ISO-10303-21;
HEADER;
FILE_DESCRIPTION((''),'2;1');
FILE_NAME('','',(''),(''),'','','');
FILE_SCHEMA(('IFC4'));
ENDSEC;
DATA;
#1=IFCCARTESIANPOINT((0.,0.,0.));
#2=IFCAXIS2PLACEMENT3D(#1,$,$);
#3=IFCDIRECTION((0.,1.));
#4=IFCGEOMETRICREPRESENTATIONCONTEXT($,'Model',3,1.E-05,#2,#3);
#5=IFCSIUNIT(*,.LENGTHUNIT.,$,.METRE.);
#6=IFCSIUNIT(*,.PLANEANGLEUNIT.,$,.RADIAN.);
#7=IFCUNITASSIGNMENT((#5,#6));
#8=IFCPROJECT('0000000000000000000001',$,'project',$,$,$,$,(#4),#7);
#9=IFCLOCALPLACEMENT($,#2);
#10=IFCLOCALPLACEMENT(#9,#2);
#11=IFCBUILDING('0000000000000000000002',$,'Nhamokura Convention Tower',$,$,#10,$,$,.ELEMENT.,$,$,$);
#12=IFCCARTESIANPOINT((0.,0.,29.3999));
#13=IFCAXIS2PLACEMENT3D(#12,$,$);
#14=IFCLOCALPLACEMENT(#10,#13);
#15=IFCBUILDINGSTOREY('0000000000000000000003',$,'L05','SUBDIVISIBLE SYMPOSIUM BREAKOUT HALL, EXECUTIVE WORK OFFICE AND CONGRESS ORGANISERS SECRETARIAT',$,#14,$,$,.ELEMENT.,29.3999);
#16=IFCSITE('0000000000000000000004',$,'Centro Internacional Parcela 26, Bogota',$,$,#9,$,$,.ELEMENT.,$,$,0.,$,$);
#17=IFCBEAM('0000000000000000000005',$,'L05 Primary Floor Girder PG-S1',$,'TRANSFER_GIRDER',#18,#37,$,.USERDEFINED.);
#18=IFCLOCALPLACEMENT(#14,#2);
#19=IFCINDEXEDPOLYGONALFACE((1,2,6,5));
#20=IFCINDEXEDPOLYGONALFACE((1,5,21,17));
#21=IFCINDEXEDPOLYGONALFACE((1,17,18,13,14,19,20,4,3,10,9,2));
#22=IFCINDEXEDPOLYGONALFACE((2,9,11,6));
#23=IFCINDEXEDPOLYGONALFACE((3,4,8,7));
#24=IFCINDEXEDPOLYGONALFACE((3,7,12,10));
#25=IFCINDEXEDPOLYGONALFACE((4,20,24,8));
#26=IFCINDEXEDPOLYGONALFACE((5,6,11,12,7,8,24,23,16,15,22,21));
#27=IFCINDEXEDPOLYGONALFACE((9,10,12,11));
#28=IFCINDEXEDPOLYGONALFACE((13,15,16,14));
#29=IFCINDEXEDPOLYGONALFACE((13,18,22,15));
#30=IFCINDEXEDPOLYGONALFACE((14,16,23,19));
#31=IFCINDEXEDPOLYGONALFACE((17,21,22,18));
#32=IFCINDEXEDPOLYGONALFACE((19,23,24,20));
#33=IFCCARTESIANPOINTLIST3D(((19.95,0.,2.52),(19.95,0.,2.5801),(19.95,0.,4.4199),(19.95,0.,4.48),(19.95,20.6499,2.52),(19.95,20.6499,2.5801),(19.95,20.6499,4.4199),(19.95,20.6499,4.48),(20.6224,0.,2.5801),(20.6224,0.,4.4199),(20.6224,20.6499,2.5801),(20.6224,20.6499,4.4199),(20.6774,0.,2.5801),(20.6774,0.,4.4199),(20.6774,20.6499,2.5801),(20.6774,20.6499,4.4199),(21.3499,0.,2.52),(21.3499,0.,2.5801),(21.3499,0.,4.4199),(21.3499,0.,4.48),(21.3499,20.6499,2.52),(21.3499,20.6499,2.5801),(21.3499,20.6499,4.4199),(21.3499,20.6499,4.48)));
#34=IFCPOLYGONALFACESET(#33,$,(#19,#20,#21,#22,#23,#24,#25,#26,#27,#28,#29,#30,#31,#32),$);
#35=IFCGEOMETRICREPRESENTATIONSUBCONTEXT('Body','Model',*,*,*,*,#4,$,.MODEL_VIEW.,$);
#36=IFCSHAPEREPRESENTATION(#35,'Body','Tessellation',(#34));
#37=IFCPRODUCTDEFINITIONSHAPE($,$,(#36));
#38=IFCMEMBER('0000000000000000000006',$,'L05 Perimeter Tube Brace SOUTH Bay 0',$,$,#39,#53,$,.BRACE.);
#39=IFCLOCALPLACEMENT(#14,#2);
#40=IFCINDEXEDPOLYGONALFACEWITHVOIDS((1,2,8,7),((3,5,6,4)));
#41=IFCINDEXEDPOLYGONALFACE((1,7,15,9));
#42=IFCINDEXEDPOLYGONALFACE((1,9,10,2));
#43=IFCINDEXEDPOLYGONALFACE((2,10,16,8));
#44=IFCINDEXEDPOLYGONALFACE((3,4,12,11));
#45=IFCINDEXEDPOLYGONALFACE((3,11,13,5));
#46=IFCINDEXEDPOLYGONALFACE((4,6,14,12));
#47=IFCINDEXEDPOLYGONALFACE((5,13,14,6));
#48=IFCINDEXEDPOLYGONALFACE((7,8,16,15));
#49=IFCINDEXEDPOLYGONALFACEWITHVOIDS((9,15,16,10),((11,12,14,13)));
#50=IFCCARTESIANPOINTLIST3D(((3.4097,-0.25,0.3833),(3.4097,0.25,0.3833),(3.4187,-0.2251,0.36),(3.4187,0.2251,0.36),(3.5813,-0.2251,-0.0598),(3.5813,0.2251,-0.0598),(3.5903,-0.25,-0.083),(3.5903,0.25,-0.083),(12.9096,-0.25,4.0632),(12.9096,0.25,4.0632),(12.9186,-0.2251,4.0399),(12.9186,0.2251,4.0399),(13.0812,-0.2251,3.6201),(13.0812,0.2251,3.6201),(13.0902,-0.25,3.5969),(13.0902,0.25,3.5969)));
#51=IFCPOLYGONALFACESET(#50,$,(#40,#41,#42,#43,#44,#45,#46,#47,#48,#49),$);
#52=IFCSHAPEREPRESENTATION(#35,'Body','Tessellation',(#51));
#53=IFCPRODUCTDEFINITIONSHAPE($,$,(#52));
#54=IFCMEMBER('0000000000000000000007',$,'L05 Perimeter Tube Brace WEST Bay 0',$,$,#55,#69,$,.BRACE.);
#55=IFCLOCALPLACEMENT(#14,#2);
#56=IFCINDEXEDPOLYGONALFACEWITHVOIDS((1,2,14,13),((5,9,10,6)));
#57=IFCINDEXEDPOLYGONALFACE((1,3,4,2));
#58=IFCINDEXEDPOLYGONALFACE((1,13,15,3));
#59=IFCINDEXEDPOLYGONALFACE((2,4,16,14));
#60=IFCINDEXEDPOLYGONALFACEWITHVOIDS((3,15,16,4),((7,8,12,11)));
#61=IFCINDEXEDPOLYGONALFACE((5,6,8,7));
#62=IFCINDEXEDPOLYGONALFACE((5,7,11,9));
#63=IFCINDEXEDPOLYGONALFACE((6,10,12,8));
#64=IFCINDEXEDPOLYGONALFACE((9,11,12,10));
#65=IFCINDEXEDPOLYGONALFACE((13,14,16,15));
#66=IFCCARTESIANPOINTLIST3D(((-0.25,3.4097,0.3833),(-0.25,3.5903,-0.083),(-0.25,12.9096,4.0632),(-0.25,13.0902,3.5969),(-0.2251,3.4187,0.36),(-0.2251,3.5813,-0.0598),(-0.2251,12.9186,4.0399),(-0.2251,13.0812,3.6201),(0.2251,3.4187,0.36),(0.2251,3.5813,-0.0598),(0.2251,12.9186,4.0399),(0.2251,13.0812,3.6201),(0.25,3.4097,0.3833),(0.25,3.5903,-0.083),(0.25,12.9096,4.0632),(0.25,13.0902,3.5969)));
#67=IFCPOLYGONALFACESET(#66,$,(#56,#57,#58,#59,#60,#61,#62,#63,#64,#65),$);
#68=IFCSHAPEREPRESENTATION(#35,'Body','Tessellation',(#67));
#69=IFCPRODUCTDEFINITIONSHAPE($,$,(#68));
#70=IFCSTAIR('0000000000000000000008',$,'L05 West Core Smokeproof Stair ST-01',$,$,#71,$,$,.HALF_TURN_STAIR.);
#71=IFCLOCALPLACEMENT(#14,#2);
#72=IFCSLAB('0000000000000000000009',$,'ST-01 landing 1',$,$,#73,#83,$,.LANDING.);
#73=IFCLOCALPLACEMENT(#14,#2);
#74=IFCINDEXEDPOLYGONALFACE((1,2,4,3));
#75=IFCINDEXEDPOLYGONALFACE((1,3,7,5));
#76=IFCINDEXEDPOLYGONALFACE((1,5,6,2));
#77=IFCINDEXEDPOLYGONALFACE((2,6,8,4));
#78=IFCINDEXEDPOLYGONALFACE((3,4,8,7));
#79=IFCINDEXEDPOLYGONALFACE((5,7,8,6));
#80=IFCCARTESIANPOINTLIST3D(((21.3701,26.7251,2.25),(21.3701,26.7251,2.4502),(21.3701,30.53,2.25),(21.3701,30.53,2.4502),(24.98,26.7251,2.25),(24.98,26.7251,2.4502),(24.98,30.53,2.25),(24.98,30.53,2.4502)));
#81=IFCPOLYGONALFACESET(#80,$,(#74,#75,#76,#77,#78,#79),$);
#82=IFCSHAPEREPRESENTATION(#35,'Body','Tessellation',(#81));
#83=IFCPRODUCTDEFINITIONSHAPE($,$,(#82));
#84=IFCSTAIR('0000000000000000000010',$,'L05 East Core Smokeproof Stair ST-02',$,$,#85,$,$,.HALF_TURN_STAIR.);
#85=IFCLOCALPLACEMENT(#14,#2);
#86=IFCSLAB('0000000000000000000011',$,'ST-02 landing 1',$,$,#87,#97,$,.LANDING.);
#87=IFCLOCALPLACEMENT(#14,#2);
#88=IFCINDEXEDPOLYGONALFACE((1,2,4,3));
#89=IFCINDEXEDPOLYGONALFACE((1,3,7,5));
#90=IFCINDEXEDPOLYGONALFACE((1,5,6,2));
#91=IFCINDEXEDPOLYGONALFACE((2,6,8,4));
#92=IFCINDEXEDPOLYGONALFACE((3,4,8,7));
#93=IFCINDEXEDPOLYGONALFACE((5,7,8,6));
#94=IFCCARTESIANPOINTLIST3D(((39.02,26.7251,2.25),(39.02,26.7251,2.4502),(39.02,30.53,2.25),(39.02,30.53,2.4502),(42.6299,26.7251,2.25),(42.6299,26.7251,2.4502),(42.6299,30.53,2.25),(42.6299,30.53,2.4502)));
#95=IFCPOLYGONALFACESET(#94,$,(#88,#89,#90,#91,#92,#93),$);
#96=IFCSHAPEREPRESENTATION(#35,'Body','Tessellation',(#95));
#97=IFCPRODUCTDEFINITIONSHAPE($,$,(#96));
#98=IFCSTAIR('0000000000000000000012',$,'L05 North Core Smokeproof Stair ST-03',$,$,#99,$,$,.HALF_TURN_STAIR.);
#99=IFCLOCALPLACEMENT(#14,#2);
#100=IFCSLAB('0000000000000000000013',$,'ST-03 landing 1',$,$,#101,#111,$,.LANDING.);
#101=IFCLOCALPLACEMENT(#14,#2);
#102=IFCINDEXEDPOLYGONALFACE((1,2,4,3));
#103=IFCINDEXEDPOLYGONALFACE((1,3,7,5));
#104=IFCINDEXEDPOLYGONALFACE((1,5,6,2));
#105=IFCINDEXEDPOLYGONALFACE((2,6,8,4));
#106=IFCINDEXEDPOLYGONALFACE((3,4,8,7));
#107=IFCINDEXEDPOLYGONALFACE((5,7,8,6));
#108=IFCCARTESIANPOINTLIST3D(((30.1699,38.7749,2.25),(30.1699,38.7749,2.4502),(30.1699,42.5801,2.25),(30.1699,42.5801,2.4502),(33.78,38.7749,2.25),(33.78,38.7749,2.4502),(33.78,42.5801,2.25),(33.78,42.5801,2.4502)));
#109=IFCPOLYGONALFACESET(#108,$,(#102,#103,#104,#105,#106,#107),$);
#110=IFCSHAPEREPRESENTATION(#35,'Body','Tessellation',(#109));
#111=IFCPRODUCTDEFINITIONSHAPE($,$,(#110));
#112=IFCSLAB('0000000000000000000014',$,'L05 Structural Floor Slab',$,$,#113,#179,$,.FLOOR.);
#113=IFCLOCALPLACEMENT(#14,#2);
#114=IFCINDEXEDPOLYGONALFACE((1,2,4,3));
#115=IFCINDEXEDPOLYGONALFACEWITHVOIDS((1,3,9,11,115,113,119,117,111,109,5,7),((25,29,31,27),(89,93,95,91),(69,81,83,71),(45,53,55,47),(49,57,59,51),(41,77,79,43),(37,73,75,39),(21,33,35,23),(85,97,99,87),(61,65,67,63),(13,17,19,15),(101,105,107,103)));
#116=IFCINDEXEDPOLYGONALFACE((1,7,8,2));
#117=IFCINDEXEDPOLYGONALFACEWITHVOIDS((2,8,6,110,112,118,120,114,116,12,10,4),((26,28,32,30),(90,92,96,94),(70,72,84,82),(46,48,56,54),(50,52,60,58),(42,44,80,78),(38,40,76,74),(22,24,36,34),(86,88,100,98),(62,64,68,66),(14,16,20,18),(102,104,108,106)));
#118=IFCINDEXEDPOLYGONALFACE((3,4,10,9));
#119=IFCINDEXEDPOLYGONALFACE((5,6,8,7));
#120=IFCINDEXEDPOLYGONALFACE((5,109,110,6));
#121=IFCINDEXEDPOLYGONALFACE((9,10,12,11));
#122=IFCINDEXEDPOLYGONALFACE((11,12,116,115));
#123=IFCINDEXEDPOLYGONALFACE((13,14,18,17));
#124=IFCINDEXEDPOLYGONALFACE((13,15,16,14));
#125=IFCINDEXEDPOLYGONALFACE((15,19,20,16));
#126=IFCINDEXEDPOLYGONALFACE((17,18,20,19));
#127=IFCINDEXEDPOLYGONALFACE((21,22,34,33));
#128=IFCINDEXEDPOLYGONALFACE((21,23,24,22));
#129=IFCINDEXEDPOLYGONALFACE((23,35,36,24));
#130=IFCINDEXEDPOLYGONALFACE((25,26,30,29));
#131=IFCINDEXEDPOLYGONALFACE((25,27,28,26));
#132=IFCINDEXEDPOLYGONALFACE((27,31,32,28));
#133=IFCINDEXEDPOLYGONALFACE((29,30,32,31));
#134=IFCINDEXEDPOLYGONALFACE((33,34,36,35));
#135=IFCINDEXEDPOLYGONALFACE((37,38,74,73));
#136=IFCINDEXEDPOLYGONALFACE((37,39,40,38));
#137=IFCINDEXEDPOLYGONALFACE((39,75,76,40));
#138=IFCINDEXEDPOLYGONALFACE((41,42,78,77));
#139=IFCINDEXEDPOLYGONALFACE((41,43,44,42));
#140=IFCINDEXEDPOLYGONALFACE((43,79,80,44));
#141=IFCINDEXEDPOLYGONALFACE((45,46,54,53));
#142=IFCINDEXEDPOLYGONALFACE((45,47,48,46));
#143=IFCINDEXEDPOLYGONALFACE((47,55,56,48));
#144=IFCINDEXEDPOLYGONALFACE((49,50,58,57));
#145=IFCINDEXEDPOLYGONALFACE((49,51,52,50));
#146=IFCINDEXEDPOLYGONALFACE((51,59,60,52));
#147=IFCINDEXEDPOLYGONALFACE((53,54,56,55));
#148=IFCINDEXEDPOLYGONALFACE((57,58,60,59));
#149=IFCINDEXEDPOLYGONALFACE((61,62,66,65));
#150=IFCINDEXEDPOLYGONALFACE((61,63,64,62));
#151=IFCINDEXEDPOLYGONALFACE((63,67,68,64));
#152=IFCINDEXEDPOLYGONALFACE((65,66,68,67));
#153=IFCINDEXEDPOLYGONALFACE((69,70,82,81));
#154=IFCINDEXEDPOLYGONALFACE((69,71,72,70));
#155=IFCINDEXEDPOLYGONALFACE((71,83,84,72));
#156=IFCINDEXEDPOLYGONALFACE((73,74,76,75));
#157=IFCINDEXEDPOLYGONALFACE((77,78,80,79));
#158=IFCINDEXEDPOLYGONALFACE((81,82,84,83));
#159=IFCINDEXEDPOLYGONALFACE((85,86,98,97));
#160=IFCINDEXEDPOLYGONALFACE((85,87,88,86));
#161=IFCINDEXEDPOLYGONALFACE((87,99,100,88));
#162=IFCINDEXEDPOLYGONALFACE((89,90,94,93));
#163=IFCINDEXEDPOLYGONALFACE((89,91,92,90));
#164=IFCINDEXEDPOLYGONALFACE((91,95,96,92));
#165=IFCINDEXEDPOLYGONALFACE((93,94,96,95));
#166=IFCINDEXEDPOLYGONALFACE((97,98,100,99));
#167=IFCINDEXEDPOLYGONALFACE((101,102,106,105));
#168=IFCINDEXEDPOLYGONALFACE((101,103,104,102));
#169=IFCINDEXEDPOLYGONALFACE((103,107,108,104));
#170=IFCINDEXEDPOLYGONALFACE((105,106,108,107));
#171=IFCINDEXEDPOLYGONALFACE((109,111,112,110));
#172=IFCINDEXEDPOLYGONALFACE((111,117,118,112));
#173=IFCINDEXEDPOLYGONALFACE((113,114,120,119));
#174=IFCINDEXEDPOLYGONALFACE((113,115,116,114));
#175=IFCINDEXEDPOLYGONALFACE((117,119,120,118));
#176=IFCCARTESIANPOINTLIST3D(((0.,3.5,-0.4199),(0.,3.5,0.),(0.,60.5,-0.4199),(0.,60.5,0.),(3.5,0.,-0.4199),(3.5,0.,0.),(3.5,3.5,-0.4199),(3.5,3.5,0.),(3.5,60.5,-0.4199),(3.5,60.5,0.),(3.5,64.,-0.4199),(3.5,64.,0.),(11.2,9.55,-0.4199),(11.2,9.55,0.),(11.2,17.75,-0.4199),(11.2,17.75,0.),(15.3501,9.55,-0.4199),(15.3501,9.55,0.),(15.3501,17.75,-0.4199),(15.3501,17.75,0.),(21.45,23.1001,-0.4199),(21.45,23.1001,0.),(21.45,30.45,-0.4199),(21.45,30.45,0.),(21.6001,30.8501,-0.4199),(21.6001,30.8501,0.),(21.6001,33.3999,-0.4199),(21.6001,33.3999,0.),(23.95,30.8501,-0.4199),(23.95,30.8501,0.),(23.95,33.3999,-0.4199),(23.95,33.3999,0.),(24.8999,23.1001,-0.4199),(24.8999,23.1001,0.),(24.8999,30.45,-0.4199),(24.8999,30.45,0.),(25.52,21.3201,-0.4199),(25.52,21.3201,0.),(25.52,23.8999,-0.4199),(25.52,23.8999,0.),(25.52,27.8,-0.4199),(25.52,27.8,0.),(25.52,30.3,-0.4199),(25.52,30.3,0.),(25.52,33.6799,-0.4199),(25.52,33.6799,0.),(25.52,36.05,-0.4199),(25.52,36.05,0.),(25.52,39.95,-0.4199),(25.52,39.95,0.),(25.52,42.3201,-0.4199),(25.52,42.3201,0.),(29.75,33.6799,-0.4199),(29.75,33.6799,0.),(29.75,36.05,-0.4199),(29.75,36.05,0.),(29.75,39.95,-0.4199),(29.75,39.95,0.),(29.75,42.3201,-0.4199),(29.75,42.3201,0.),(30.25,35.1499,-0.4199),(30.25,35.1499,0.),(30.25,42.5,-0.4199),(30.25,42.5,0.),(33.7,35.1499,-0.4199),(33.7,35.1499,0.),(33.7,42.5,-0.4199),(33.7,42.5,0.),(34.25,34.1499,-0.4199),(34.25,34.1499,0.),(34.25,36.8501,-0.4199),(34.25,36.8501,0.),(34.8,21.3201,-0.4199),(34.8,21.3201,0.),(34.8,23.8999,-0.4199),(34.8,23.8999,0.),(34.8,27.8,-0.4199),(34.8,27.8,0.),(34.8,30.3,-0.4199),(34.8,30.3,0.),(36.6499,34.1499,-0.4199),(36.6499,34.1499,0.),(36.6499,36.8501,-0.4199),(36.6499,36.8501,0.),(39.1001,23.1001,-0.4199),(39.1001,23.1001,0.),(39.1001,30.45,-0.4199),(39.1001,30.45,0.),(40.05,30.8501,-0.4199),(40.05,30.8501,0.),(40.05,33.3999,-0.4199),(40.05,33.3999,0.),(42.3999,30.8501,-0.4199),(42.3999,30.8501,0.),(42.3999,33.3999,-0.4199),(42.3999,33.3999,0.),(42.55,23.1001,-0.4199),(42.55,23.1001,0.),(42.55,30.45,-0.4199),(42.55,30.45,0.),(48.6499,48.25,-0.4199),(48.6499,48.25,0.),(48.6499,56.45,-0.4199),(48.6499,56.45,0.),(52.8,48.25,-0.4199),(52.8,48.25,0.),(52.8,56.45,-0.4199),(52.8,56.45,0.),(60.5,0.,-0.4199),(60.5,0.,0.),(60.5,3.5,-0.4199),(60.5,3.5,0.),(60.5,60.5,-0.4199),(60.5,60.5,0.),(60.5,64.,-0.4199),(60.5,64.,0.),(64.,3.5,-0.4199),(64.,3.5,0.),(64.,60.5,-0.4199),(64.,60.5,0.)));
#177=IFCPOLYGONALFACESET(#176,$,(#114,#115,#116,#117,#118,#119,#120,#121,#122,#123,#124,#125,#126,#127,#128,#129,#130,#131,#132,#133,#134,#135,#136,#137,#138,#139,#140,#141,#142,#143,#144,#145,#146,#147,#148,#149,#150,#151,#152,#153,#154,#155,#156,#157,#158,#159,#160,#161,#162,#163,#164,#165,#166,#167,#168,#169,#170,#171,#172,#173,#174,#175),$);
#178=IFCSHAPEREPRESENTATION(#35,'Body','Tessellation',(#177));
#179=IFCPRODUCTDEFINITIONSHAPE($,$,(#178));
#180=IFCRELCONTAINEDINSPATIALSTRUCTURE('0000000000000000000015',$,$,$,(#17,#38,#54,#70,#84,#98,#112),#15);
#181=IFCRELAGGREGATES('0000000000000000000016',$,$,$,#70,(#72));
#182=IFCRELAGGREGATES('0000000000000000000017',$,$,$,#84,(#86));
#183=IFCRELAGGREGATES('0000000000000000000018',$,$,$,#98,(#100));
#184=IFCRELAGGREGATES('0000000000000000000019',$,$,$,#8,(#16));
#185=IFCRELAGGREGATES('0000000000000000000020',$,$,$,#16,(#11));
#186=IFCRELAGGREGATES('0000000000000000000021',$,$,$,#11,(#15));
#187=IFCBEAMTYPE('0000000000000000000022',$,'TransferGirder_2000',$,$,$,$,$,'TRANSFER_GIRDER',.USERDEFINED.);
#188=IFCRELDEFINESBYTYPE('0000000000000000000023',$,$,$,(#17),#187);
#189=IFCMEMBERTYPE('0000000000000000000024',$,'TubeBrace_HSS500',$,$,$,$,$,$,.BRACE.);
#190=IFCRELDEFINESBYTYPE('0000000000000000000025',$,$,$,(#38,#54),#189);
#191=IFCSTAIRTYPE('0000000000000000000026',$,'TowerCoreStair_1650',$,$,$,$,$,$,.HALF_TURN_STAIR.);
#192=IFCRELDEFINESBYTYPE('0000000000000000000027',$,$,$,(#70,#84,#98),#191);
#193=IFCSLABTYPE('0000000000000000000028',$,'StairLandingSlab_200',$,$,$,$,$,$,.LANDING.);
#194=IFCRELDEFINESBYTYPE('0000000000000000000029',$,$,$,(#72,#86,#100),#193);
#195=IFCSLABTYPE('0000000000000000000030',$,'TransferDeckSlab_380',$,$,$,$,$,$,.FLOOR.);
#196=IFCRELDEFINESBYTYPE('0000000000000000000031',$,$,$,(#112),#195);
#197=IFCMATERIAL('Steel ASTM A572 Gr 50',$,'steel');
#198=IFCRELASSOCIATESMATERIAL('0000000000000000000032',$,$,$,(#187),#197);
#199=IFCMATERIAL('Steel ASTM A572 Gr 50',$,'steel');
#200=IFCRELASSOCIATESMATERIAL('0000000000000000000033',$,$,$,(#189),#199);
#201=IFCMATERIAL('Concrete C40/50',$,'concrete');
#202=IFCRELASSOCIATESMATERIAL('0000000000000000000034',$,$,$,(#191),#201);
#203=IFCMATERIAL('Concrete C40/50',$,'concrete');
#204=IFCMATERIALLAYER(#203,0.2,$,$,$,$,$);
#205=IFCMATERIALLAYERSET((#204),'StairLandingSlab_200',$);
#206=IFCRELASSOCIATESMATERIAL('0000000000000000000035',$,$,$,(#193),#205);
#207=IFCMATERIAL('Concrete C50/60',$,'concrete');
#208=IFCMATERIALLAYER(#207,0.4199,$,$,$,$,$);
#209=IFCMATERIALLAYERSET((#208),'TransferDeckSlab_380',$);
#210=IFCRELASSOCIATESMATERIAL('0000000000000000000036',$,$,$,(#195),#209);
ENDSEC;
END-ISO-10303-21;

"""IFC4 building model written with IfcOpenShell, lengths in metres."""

from ifc_helpers import new_model, si_unit, direction, frame, origin, origin_2d, place, context, subcontext, project, spatial, polyline, hollow_rectangle, i_section, outline, extrude, material, layer, layer_set, material_profile, profile_set, type_object, element, aggregate, save


model = new_model("IFC4")

# Units and contexts
model_context = context("Model", 3, precision=1e-05, world=origin(), true_north=direction((0.0, 1.0)))
body_context = subcontext(model_context, "Body", "Model", "MODEL_VIEW")
ifc_project = project(units=[si_unit("LENGTHUNIT", "METRE"), si_unit("PLANEANGLEUNIT", "RADIAN")], contexts=[model_context])

# Site, building, storey
site_placement = place(None, origin())
site = spatial("IfcSite", under=ifc_project, at=site_placement, Name="Centro Internacional Parcela 26, Bogota", CompositionType="ELEMENT", RefElevation=0.0)
building_placement = place(site_placement, origin())
building = spatial("IfcBuilding", under=site, at=building_placement, Name="Nhamokura Convention Tower", CompositionType="ELEMENT")
storey_placement = place(building_placement, frame((0.0, 0.0, 29.3999)))
storey = spatial("IfcBuildingStorey", under=building, at=storey_placement, Name="L05", Description="SUBDIVISIBLE SYMPOSIUM BREAKOUT HALL, EXECUTIVE WORK OFFICE AND CONGRESS ORGANISERS SECRETARIAT", CompositionType="ELEMENT", Elevation=29.3999)

# Beam
ifc_material_1 = material(Name="Steel ASTM A572 Gr 50", Category="steel")
ifc_material_profile_1 = material_profile(ifc_material_1, i_section(OverallWidth=1.3999, OverallDepth=1.96, WebThickness=0.0549, FlangeThickness=0.0601, at=origin_2d()))
ifc_profile_set_1 = profile_set([ifc_material_profile_1], Name="Steel ASTM A572 Gr 50")
beam_type = type_object("IfcBeamType", Name="TransferGirder_2000", ElementType="TRANSFER_GIRDER", PredefinedType="USERDEFINED", material=ifc_profile_set_1)
beam_1_placement = place(storey_placement, frame((20.6499, 0.0, 3.5), z_axis=(0.0, 1.0, 0.0), x_axis=(-1.0, 0.0, 0.0)))
element("IfcBeam", 1, at=beam_1_placement, inside=storey, type_object=beam_type, Name="L05 Primary Floor Girder PG-S1", ObjectType="TRANSFER_GIRDER", PredefinedType="USERDEFINED", context=body_context, shape_type="SweptSolid", body=[
    extrude(i_section(OverallWidth=1.3999, OverallDepth=1.96, WebThickness=0.0549, FlangeThickness=0.0601, at=origin_2d()), origin(), (0.0, 0.0, 1.0), 20.6499),
])

# Members
ifc_material_2 = material(Name="Steel ASTM A572 Gr 50", Category="steel")
ifc_material_profile_2 = material_profile(ifc_material_2, hollow_rectangle(XDim=0.5, YDim=0.5, WallThickness=0.0249, at=origin_2d()))
ifc_profile_set_2 = profile_set([ifc_material_profile_2], Name="Steel ASTM A572 Gr 50")
member_type = type_object("IfcMemberType", Name="TubeBrace_HSS500", PredefinedType="BRACE", material=ifc_profile_set_2)
for number, where, z_axis, x_axis, name in (
    (2, (3.5, 0.0, 0.1501), (0.932485, 0.0, 0.361209), (0.0, 1.0, 0.0), "L05 Perimeter Tube Brace SOUTH Bay 0"),
    (3, (0.0, 3.5, 0.1501), (0.0, 0.932485, 0.361209), (-1.0, 0.0, 0.0), "L05 Perimeter Tube Brace WEST Bay 0"),
):
    element("IfcMember", number, at=place(storey_placement, frame(where, z_axis=z_axis, x_axis=x_axis)), inside=storey, type_object=member_type, Name=name, PredefinedType="BRACE", context=body_context, shape_type="SweptSolid", body=[
        extrude(hollow_rectangle(XDim=0.5, YDim=0.5, WallThickness=0.0249, at=origin_2d()), origin(), (0.0, 0.0, 1.0), 10.1877),
    ])

# Stairs, slabs
ifc_material_3 = material(Name="Concrete C40/50", Category="concrete")
stair_type = type_object("IfcStairType", Name="TowerCoreStair_1650", PredefinedType="HALF_TURN_STAIR", material=ifc_material_3)
stair_1_placement = place(storey_placement, origin())
stair_1 = element("IfcStair", 4, at=stair_1_placement, inside=storey, type_object=stair_type, Name="L05 West Core Smokeproof Stair ST-01", PredefinedType="HALF_TURN_STAIR")
ifc_material_4 = material(Name="Concrete C40/50", Category="concrete")
ifc_layer_1 = layer(ifc_material_4, 0.2)
ifc_layer_set_1 = layer_set([ifc_layer_1], Name="StairLandingSlab_200")
slab_type_1 = type_object("IfcSlabType", Name="StairLandingSlab_200", PredefinedType="LANDING", material=ifc_layer_set_1)
slab_1_placement = place(storey_placement, frame((0.0, 0.0, 2.25)))
slab_1 = element("IfcSlab", 5, at=slab_1_placement, type_object=slab_type_1, Name="ST-01 landing 1", PredefinedType="LANDING", context=body_context, shape_type="SweptSolid", body=[
    extrude(outline(polyline([(24.98, 26.7251), (24.98, 30.53), (21.3701, 30.53), (21.3701, 26.7251), (24.98, 26.7251)])), origin(), (0.0, 0.0, 1.0), 0.2002),
])
aggregate(stair_1, [slab_1])
stair_2_placement = place(storey_placement, origin())
stair_2 = element("IfcStair", 6, at=stair_2_placement, inside=storey, type_object=stair_type, Name="L05 East Core Smokeproof Stair ST-02", PredefinedType="HALF_TURN_STAIR")
slab_2_placement = place(storey_placement, frame((0.0, 0.0, 2.25)))
slab_2 = element("IfcSlab", 7, at=slab_2_placement, type_object=slab_type_1, Name="ST-02 landing 1", PredefinedType="LANDING", context=body_context, shape_type="SweptSolid", body=[
    extrude(outline(polyline([(42.6299, 26.7251), (42.6299, 30.53), (39.02, 30.53), (39.02, 26.7251), (42.6299, 26.7251)])), origin(), (0.0, 0.0, 1.0), 0.2002),
])
aggregate(stair_2, [slab_2])
stair_3_placement = place(storey_placement, origin())
stair_3 = element("IfcStair", 8, at=stair_3_placement, inside=storey, type_object=stair_type, Name="L05 North Core Smokeproof Stair ST-03", PredefinedType="HALF_TURN_STAIR")
slab_3_placement = place(storey_placement, frame((0.0, 0.0, 2.25)))
slab_3 = element("IfcSlab", 9, at=slab_3_placement, type_object=slab_type_1, Name="ST-03 landing 1", PredefinedType="LANDING", context=body_context, shape_type="SweptSolid", body=[
    extrude(outline(polyline([(33.78, 38.7749), (33.78, 42.5801), (30.1699, 42.5801), (30.1699, 38.7749), (33.78, 38.7749)])), origin(), (0.0, 0.0, 1.0), 0.2002),
])
aggregate(stair_3, [slab_3])

# Slab
ifc_material_5 = material(Name="Concrete C50/60", Category="concrete")
ifc_layer_2 = layer(ifc_material_5, 0.4199)
ifc_layer_set_2 = layer_set([ifc_layer_2], Name="TransferDeckSlab_380")
slab_type_2 = type_object("IfcSlabType", Name="TransferDeckSlab_380", PredefinedType="FLOOR", material=ifc_layer_set_2)
slab_4_placement = place(storey_placement, frame((0.0, 0.0, -0.4199)))
element("IfcSlab", 10, at=slab_4_placement, inside=storey, type_object=slab_type_2, Name="L05 Structural Floor Slab", PredefinedType="FLOOR", context=body_context, shape_type="SweptSolid", body=[
    extrude(outline(polyline([(3.5, 0.0), (60.5, 0.0), (60.5, 3.5), (64.0, 3.5), (64.0, 60.5), (60.5, 60.5), (60.5, 64.0), (3.5, 64.0), (3.5, 60.5), (0.0, 60.5), (0.0, 3.5), (3.5, 3.5), (3.5, 0.0)]), holes=[polyline([(24.8999, 23.1001), (24.8999, 30.45), (21.45, 30.45), (21.45, 23.1001), (24.8999, 23.1001)]), polyline([(42.55, 23.1001), (42.55, 30.45), (39.1001, 30.45), (39.1001, 23.1001), (42.55, 23.1001)]), polyline([(33.7, 35.1499), (33.7, 42.5), (30.25, 42.5), (30.25, 35.1499), (33.7, 35.1499)]), polyline([(15.3501, 9.55), (15.3501, 17.75), (11.2, 17.75), (11.2, 9.55), (15.3501, 9.55)]), polyline([(52.8, 48.25), (52.8, 56.45), (48.6499, 56.45), (48.6499, 48.25), (52.8, 48.25)]), polyline([(21.6001, 30.8501), (23.95, 30.8501), (23.95, 33.3999), (21.6001, 33.3999), (21.6001, 30.8501)]), polyline([(40.05, 30.8501), (42.3999, 30.8501), (42.3999, 33.3999), (40.05, 33.3999), (40.05, 30.8501)]), polyline([(34.25, 34.1499), (36.6499, 34.1499), (36.6499, 36.8501), (34.25, 36.8501), (34.25, 34.1499)]), polyline([(25.52, 21.3201), (34.8, 21.3201), (34.8, 23.8999), (25.52, 23.8999), (25.52, 21.3201)]), polyline([(25.52, 27.8), (34.8, 27.8), (34.8, 30.3), (25.52, 30.3), (25.52, 27.8)]), polyline([(25.52, 33.6799), (29.75, 33.6799), (29.75, 36.05), (25.52, 36.05), (25.52, 33.6799)]), polyline([(25.52, 39.95), (29.75, 39.95), (29.75, 42.3201), (25.52, 42.3201), (25.52, 39.95)])]), origin(), (0.0, 0.0, 1.0), 0.4199),
])

save(model, "model.ifc")
